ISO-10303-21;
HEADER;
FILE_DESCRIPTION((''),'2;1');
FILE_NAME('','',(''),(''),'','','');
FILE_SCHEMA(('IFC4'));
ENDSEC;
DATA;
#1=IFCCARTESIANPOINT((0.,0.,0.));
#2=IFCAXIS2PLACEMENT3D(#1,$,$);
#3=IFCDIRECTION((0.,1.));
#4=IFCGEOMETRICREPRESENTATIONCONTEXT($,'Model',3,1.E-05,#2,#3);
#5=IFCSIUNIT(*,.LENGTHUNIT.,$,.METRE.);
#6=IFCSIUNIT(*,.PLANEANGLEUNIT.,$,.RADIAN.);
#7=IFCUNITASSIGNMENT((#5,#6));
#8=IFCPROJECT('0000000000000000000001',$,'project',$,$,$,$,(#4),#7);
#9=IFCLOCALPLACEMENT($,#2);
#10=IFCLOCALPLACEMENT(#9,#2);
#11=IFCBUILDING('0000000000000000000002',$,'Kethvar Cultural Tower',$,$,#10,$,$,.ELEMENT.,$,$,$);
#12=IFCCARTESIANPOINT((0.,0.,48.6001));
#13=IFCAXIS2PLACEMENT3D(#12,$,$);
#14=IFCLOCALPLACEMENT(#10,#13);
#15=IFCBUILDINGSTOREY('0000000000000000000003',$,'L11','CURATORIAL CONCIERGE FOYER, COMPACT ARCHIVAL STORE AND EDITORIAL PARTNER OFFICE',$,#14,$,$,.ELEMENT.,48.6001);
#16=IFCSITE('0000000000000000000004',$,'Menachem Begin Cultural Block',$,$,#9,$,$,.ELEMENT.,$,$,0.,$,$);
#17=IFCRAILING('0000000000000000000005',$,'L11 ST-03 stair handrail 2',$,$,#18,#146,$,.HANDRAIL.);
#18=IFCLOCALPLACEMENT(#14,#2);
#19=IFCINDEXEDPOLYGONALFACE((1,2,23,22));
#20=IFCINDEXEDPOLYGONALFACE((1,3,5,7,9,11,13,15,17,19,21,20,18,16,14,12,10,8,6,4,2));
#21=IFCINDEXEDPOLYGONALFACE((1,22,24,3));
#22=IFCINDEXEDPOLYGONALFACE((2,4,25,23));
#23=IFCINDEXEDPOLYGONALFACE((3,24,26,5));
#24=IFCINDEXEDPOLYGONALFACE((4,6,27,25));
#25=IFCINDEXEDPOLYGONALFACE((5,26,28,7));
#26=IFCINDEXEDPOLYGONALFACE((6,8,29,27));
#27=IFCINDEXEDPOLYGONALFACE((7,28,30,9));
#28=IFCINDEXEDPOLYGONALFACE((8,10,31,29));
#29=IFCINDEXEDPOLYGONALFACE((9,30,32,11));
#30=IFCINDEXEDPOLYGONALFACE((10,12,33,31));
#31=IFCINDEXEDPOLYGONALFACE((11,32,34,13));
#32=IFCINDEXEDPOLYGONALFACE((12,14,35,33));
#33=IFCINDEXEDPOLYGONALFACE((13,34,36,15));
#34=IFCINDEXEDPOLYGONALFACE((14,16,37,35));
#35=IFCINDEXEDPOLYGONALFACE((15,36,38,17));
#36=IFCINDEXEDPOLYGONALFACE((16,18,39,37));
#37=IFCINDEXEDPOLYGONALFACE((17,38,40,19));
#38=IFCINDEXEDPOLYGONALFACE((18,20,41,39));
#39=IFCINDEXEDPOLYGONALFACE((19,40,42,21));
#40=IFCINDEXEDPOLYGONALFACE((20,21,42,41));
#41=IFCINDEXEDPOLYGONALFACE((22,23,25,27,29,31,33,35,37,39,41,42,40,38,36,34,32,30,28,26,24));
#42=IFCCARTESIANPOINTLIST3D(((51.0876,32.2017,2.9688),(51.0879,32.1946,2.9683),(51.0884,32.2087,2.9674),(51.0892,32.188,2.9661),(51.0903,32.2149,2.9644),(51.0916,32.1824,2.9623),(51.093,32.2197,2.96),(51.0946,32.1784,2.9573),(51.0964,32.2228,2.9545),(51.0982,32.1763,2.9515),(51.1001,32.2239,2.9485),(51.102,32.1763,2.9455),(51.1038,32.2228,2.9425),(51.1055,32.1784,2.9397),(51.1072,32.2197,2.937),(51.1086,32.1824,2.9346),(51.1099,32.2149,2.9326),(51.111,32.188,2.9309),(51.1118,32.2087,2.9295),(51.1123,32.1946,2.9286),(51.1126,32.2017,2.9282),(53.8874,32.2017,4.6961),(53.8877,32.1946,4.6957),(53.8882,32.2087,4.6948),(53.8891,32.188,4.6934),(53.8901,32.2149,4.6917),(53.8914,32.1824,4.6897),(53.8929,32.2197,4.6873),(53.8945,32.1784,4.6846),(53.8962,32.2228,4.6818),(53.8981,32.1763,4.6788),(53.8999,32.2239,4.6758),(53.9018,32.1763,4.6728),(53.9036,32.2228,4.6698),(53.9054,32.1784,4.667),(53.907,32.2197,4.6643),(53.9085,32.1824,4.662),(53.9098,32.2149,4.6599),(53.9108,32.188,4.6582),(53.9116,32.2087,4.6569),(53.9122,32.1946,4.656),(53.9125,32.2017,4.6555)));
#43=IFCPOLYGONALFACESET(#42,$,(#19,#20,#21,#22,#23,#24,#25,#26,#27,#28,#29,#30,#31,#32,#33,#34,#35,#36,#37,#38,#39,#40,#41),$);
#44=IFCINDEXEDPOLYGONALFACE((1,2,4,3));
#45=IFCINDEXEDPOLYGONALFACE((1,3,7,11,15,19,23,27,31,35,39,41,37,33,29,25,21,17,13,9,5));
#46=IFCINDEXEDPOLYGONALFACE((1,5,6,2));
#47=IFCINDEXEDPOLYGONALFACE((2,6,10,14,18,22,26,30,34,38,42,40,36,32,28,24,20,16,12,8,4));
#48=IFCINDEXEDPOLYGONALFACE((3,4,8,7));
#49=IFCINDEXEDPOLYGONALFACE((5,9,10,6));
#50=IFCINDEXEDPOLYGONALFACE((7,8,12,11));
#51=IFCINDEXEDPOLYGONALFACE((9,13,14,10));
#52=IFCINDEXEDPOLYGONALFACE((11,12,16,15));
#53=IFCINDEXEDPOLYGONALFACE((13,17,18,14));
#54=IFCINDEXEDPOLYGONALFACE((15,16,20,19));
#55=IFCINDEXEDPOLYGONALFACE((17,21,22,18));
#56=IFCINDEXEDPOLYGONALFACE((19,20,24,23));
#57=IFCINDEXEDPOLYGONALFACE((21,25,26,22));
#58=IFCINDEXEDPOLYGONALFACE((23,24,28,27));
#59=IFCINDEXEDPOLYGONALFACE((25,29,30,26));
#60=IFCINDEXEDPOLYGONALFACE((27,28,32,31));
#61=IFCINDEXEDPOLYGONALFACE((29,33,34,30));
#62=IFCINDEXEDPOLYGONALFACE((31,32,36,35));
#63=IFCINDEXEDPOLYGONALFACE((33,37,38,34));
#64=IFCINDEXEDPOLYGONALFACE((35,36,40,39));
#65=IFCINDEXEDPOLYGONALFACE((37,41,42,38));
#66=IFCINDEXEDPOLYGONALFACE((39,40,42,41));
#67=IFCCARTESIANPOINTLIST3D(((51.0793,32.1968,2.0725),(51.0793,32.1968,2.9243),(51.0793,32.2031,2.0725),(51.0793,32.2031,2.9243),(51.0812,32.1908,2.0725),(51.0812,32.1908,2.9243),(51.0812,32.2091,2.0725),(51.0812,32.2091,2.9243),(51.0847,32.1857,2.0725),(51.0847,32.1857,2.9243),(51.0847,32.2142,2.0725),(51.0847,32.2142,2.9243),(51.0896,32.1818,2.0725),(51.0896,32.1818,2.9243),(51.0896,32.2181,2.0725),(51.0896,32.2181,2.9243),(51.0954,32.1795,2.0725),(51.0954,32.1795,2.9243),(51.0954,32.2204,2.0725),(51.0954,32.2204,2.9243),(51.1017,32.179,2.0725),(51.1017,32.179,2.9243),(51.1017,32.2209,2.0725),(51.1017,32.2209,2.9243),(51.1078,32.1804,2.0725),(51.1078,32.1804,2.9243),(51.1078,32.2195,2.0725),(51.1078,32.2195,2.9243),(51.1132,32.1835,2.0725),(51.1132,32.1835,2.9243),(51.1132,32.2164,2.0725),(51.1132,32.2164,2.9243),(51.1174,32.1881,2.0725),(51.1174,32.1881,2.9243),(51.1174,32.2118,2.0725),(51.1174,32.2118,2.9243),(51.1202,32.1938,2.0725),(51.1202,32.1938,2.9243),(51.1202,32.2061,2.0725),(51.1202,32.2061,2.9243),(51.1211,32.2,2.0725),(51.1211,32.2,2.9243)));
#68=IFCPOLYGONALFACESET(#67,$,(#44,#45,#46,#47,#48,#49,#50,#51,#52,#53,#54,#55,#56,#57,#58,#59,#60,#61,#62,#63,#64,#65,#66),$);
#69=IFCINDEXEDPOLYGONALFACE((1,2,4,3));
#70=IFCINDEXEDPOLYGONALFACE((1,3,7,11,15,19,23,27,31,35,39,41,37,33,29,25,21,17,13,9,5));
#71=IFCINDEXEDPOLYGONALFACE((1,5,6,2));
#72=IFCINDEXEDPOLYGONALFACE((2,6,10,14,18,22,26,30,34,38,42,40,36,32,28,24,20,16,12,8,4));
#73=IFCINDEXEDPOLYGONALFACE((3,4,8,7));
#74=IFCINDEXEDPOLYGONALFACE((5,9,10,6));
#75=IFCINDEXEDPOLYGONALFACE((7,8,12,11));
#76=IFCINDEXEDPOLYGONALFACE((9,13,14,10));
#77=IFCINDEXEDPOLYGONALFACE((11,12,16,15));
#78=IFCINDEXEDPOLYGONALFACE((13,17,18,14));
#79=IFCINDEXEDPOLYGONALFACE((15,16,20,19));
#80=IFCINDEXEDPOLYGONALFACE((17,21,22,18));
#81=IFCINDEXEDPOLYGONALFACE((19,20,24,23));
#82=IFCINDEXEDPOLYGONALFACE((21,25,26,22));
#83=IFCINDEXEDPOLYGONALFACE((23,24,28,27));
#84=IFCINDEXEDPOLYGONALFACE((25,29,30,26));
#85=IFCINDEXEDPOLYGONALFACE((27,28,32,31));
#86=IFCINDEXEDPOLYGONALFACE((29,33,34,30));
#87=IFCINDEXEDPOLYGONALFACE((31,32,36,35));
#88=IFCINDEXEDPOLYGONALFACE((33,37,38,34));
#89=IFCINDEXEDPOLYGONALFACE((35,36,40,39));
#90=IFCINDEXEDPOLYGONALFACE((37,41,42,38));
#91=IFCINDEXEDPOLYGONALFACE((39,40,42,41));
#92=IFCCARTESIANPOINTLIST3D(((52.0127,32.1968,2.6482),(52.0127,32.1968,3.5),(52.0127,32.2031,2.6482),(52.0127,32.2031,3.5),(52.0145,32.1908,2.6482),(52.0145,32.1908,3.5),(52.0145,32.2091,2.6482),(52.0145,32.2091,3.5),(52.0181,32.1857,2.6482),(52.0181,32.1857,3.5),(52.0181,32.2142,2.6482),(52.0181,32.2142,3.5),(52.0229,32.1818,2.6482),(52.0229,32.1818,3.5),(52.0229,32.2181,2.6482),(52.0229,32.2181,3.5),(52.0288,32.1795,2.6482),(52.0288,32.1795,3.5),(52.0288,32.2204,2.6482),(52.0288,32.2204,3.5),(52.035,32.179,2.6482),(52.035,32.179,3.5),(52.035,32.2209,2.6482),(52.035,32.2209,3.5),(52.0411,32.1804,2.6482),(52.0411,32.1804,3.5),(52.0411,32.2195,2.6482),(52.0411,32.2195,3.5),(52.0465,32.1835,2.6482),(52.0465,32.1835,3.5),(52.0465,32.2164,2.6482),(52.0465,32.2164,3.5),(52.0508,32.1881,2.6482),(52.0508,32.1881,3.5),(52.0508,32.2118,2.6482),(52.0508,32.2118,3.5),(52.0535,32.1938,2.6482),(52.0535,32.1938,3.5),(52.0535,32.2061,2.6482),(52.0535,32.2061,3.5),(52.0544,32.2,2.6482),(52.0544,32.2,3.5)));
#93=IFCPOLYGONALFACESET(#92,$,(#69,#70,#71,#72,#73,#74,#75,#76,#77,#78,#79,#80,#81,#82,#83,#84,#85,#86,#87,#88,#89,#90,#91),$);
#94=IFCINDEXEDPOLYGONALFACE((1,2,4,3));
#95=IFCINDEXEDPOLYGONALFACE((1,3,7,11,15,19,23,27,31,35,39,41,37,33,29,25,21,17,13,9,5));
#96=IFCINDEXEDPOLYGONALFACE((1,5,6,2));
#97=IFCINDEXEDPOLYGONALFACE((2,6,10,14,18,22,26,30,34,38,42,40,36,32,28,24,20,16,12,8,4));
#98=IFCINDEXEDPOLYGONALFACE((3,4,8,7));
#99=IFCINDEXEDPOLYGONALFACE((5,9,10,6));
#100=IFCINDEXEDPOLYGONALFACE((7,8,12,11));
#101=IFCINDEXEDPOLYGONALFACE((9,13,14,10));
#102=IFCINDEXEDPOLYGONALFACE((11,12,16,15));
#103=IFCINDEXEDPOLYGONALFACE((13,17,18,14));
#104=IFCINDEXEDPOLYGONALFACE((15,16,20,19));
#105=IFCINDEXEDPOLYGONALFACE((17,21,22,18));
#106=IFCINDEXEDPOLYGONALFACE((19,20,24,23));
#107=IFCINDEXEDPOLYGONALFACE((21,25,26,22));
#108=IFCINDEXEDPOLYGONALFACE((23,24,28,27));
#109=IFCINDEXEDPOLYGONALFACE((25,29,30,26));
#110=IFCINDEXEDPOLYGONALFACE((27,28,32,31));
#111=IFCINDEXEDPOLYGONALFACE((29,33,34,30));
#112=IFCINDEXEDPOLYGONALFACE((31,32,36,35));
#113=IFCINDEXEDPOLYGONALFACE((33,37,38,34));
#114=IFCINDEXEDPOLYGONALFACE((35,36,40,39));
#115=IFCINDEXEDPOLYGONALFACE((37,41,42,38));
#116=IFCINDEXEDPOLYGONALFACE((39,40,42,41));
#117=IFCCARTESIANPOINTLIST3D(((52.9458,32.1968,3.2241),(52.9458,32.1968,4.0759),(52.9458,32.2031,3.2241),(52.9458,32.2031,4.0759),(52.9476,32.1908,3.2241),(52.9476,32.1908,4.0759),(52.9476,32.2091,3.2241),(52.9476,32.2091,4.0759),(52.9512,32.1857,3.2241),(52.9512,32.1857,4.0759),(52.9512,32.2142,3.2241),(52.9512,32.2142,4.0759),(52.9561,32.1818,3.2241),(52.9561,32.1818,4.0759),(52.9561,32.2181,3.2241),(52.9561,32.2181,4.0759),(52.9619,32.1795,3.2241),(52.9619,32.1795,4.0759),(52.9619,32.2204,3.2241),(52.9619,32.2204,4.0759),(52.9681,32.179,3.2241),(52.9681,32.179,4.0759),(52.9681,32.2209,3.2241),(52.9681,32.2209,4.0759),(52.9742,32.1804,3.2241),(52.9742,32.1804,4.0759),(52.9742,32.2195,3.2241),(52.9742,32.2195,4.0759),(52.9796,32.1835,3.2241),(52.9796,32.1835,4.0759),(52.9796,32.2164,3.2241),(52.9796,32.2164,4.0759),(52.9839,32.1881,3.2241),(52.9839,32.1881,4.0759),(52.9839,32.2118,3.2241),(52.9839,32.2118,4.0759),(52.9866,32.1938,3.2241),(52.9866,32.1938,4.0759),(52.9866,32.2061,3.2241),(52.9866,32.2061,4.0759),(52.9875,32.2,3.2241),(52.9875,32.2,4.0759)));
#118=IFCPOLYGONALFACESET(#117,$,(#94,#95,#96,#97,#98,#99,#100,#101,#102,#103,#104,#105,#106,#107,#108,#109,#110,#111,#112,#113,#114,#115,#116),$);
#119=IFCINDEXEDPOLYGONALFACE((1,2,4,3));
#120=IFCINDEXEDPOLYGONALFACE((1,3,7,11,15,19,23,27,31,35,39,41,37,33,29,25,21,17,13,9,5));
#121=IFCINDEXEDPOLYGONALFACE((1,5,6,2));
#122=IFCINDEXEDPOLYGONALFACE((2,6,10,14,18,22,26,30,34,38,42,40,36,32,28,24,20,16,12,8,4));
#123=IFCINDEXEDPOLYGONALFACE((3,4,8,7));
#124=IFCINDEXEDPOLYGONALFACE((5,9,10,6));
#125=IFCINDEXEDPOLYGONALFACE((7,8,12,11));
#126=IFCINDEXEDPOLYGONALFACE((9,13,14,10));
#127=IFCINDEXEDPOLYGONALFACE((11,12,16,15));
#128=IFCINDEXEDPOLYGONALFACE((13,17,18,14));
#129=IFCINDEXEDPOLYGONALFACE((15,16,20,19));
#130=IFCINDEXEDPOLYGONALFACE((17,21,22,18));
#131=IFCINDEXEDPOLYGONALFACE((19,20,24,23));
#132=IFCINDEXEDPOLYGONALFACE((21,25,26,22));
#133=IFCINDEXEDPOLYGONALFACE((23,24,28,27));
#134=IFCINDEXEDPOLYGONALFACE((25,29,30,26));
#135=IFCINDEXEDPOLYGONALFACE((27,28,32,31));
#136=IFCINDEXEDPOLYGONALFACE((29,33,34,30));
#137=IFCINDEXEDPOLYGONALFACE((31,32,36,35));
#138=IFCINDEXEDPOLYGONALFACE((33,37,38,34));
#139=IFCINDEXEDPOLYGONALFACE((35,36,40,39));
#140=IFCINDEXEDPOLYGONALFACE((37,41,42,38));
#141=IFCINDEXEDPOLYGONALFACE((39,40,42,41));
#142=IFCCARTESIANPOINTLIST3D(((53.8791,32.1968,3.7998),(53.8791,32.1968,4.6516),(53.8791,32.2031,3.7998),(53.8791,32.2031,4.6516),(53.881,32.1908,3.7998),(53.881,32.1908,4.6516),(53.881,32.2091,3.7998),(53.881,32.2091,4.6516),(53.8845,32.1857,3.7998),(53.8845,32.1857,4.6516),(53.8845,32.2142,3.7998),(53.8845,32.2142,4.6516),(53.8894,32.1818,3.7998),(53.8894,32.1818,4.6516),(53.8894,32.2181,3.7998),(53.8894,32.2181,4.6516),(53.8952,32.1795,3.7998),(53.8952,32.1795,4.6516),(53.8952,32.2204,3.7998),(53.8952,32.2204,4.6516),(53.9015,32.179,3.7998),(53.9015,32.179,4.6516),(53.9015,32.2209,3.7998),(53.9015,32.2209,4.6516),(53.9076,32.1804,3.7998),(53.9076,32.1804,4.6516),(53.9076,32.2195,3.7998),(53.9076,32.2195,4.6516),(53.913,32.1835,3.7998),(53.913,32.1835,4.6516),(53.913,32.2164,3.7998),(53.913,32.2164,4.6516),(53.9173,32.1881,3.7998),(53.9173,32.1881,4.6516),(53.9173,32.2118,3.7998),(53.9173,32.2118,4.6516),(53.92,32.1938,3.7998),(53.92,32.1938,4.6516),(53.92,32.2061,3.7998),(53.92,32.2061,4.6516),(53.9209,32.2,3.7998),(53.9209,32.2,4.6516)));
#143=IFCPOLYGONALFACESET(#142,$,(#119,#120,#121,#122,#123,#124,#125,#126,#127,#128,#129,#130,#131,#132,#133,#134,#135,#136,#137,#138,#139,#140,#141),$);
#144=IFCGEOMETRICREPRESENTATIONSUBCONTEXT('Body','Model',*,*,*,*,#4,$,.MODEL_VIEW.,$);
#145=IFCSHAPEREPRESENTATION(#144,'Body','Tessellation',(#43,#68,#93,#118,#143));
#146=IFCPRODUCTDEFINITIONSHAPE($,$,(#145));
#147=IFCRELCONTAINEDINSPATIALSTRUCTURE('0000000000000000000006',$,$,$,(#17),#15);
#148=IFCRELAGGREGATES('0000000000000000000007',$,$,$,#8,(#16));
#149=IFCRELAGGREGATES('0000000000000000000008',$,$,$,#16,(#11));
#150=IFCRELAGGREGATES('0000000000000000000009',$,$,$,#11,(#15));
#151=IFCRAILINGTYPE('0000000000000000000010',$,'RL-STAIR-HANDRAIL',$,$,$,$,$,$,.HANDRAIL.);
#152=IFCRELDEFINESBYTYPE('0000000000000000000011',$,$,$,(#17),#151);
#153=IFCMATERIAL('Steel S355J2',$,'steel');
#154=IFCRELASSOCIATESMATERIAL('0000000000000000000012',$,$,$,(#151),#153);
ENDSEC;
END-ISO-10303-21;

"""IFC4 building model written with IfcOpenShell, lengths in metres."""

from ifc_helpers import new_model, si_unit, direction, frame, origin, origin_2d, place, context, subcontext, project, spatial, circle, extrude, material, type_object, element, save


model = new_model("IFC4")

# Units and contexts
model_context = context("Model", 3, precision=1e-05, world=origin(), true_north=direction((0.0, 1.0)))
body_context = subcontext(model_context, "Body", "Model", "MODEL_VIEW")
ifc_project = project(units=[si_unit("LENGTHUNIT", "METRE"), si_unit("PLANEANGLEUNIT", "RADIAN")], contexts=[model_context])

# Site, building, storey
site_placement = place(None, origin())
site = spatial("IfcSite", under=ifc_project, at=site_placement, Name="Menachem Begin Cultural Block", CompositionType="ELEMENT", RefElevation=0.0)
building_placement = place(site_placement, origin())
building = spatial("IfcBuilding", under=site, at=building_placement, Name="Kethvar Cultural Tower", CompositionType="ELEMENT")
storey_placement = place(building_placement, frame((0.0, 0.0, 48.6001)))
storey = spatial("IfcBuildingStorey", under=building, at=storey_placement, Name="L11", Description="CURATORIAL CONCIERGE FOYER, COMPACT ARCHIVAL STORE AND EDITORIAL PARTNER OFFICE", CompositionType="ELEMENT", Elevation=48.6001)

# Shared definitions
ifc_material_1 = material(Name="Steel S355J2", Category="steel")

# Railing
railing_type_1 = type_object("IfcRailingType", Name="RL-STAIR-HANDRAIL", PredefinedType="HANDRAIL", material=ifc_material_1)
railing_1_placement = place(storey_placement, frame((51.1001, 32.2, 2.0725)))
element("IfcRailing", 1, at=railing_1_placement, inside=storey, type_object=railing_type_1, Name="L11 ST-03 stair handrail 2", PredefinedType="HANDRAIL", context=body_context, shape_type="SweptSolid", body=[
    extrude(circle(Radius=0.0239, at=origin_2d()), frame((0.0, 0.0, 0.876), z_axis=(0.851069, 0.0, 0.525054), x_axis=(0.0, 1.0, 0.0)), (0.0, 0.0, 1.0), 3.2898),
    extrude(circle(Radius=0.021, at=origin_2d()), origin(), (0.0, 0.0, 1.0), 0.8518),
    extrude(circle(Radius=0.021, at=origin_2d()), frame((0.9333, 0.0, 0.5757)), (0.0, 0.0, 1.0), 0.8518),
    extrude(circle(Radius=0.021, at=origin_2d()), frame((1.8665, 0.0, 1.1516)), (0.0, 0.0, 1.0), 0.8518),
    extrude(circle(Radius=0.021, at=origin_2d()), frame((2.7998, 0.0, 1.7273)), (0.0, 0.0, 1.0), 0.8518),
])

save(model, "model.ifc")
